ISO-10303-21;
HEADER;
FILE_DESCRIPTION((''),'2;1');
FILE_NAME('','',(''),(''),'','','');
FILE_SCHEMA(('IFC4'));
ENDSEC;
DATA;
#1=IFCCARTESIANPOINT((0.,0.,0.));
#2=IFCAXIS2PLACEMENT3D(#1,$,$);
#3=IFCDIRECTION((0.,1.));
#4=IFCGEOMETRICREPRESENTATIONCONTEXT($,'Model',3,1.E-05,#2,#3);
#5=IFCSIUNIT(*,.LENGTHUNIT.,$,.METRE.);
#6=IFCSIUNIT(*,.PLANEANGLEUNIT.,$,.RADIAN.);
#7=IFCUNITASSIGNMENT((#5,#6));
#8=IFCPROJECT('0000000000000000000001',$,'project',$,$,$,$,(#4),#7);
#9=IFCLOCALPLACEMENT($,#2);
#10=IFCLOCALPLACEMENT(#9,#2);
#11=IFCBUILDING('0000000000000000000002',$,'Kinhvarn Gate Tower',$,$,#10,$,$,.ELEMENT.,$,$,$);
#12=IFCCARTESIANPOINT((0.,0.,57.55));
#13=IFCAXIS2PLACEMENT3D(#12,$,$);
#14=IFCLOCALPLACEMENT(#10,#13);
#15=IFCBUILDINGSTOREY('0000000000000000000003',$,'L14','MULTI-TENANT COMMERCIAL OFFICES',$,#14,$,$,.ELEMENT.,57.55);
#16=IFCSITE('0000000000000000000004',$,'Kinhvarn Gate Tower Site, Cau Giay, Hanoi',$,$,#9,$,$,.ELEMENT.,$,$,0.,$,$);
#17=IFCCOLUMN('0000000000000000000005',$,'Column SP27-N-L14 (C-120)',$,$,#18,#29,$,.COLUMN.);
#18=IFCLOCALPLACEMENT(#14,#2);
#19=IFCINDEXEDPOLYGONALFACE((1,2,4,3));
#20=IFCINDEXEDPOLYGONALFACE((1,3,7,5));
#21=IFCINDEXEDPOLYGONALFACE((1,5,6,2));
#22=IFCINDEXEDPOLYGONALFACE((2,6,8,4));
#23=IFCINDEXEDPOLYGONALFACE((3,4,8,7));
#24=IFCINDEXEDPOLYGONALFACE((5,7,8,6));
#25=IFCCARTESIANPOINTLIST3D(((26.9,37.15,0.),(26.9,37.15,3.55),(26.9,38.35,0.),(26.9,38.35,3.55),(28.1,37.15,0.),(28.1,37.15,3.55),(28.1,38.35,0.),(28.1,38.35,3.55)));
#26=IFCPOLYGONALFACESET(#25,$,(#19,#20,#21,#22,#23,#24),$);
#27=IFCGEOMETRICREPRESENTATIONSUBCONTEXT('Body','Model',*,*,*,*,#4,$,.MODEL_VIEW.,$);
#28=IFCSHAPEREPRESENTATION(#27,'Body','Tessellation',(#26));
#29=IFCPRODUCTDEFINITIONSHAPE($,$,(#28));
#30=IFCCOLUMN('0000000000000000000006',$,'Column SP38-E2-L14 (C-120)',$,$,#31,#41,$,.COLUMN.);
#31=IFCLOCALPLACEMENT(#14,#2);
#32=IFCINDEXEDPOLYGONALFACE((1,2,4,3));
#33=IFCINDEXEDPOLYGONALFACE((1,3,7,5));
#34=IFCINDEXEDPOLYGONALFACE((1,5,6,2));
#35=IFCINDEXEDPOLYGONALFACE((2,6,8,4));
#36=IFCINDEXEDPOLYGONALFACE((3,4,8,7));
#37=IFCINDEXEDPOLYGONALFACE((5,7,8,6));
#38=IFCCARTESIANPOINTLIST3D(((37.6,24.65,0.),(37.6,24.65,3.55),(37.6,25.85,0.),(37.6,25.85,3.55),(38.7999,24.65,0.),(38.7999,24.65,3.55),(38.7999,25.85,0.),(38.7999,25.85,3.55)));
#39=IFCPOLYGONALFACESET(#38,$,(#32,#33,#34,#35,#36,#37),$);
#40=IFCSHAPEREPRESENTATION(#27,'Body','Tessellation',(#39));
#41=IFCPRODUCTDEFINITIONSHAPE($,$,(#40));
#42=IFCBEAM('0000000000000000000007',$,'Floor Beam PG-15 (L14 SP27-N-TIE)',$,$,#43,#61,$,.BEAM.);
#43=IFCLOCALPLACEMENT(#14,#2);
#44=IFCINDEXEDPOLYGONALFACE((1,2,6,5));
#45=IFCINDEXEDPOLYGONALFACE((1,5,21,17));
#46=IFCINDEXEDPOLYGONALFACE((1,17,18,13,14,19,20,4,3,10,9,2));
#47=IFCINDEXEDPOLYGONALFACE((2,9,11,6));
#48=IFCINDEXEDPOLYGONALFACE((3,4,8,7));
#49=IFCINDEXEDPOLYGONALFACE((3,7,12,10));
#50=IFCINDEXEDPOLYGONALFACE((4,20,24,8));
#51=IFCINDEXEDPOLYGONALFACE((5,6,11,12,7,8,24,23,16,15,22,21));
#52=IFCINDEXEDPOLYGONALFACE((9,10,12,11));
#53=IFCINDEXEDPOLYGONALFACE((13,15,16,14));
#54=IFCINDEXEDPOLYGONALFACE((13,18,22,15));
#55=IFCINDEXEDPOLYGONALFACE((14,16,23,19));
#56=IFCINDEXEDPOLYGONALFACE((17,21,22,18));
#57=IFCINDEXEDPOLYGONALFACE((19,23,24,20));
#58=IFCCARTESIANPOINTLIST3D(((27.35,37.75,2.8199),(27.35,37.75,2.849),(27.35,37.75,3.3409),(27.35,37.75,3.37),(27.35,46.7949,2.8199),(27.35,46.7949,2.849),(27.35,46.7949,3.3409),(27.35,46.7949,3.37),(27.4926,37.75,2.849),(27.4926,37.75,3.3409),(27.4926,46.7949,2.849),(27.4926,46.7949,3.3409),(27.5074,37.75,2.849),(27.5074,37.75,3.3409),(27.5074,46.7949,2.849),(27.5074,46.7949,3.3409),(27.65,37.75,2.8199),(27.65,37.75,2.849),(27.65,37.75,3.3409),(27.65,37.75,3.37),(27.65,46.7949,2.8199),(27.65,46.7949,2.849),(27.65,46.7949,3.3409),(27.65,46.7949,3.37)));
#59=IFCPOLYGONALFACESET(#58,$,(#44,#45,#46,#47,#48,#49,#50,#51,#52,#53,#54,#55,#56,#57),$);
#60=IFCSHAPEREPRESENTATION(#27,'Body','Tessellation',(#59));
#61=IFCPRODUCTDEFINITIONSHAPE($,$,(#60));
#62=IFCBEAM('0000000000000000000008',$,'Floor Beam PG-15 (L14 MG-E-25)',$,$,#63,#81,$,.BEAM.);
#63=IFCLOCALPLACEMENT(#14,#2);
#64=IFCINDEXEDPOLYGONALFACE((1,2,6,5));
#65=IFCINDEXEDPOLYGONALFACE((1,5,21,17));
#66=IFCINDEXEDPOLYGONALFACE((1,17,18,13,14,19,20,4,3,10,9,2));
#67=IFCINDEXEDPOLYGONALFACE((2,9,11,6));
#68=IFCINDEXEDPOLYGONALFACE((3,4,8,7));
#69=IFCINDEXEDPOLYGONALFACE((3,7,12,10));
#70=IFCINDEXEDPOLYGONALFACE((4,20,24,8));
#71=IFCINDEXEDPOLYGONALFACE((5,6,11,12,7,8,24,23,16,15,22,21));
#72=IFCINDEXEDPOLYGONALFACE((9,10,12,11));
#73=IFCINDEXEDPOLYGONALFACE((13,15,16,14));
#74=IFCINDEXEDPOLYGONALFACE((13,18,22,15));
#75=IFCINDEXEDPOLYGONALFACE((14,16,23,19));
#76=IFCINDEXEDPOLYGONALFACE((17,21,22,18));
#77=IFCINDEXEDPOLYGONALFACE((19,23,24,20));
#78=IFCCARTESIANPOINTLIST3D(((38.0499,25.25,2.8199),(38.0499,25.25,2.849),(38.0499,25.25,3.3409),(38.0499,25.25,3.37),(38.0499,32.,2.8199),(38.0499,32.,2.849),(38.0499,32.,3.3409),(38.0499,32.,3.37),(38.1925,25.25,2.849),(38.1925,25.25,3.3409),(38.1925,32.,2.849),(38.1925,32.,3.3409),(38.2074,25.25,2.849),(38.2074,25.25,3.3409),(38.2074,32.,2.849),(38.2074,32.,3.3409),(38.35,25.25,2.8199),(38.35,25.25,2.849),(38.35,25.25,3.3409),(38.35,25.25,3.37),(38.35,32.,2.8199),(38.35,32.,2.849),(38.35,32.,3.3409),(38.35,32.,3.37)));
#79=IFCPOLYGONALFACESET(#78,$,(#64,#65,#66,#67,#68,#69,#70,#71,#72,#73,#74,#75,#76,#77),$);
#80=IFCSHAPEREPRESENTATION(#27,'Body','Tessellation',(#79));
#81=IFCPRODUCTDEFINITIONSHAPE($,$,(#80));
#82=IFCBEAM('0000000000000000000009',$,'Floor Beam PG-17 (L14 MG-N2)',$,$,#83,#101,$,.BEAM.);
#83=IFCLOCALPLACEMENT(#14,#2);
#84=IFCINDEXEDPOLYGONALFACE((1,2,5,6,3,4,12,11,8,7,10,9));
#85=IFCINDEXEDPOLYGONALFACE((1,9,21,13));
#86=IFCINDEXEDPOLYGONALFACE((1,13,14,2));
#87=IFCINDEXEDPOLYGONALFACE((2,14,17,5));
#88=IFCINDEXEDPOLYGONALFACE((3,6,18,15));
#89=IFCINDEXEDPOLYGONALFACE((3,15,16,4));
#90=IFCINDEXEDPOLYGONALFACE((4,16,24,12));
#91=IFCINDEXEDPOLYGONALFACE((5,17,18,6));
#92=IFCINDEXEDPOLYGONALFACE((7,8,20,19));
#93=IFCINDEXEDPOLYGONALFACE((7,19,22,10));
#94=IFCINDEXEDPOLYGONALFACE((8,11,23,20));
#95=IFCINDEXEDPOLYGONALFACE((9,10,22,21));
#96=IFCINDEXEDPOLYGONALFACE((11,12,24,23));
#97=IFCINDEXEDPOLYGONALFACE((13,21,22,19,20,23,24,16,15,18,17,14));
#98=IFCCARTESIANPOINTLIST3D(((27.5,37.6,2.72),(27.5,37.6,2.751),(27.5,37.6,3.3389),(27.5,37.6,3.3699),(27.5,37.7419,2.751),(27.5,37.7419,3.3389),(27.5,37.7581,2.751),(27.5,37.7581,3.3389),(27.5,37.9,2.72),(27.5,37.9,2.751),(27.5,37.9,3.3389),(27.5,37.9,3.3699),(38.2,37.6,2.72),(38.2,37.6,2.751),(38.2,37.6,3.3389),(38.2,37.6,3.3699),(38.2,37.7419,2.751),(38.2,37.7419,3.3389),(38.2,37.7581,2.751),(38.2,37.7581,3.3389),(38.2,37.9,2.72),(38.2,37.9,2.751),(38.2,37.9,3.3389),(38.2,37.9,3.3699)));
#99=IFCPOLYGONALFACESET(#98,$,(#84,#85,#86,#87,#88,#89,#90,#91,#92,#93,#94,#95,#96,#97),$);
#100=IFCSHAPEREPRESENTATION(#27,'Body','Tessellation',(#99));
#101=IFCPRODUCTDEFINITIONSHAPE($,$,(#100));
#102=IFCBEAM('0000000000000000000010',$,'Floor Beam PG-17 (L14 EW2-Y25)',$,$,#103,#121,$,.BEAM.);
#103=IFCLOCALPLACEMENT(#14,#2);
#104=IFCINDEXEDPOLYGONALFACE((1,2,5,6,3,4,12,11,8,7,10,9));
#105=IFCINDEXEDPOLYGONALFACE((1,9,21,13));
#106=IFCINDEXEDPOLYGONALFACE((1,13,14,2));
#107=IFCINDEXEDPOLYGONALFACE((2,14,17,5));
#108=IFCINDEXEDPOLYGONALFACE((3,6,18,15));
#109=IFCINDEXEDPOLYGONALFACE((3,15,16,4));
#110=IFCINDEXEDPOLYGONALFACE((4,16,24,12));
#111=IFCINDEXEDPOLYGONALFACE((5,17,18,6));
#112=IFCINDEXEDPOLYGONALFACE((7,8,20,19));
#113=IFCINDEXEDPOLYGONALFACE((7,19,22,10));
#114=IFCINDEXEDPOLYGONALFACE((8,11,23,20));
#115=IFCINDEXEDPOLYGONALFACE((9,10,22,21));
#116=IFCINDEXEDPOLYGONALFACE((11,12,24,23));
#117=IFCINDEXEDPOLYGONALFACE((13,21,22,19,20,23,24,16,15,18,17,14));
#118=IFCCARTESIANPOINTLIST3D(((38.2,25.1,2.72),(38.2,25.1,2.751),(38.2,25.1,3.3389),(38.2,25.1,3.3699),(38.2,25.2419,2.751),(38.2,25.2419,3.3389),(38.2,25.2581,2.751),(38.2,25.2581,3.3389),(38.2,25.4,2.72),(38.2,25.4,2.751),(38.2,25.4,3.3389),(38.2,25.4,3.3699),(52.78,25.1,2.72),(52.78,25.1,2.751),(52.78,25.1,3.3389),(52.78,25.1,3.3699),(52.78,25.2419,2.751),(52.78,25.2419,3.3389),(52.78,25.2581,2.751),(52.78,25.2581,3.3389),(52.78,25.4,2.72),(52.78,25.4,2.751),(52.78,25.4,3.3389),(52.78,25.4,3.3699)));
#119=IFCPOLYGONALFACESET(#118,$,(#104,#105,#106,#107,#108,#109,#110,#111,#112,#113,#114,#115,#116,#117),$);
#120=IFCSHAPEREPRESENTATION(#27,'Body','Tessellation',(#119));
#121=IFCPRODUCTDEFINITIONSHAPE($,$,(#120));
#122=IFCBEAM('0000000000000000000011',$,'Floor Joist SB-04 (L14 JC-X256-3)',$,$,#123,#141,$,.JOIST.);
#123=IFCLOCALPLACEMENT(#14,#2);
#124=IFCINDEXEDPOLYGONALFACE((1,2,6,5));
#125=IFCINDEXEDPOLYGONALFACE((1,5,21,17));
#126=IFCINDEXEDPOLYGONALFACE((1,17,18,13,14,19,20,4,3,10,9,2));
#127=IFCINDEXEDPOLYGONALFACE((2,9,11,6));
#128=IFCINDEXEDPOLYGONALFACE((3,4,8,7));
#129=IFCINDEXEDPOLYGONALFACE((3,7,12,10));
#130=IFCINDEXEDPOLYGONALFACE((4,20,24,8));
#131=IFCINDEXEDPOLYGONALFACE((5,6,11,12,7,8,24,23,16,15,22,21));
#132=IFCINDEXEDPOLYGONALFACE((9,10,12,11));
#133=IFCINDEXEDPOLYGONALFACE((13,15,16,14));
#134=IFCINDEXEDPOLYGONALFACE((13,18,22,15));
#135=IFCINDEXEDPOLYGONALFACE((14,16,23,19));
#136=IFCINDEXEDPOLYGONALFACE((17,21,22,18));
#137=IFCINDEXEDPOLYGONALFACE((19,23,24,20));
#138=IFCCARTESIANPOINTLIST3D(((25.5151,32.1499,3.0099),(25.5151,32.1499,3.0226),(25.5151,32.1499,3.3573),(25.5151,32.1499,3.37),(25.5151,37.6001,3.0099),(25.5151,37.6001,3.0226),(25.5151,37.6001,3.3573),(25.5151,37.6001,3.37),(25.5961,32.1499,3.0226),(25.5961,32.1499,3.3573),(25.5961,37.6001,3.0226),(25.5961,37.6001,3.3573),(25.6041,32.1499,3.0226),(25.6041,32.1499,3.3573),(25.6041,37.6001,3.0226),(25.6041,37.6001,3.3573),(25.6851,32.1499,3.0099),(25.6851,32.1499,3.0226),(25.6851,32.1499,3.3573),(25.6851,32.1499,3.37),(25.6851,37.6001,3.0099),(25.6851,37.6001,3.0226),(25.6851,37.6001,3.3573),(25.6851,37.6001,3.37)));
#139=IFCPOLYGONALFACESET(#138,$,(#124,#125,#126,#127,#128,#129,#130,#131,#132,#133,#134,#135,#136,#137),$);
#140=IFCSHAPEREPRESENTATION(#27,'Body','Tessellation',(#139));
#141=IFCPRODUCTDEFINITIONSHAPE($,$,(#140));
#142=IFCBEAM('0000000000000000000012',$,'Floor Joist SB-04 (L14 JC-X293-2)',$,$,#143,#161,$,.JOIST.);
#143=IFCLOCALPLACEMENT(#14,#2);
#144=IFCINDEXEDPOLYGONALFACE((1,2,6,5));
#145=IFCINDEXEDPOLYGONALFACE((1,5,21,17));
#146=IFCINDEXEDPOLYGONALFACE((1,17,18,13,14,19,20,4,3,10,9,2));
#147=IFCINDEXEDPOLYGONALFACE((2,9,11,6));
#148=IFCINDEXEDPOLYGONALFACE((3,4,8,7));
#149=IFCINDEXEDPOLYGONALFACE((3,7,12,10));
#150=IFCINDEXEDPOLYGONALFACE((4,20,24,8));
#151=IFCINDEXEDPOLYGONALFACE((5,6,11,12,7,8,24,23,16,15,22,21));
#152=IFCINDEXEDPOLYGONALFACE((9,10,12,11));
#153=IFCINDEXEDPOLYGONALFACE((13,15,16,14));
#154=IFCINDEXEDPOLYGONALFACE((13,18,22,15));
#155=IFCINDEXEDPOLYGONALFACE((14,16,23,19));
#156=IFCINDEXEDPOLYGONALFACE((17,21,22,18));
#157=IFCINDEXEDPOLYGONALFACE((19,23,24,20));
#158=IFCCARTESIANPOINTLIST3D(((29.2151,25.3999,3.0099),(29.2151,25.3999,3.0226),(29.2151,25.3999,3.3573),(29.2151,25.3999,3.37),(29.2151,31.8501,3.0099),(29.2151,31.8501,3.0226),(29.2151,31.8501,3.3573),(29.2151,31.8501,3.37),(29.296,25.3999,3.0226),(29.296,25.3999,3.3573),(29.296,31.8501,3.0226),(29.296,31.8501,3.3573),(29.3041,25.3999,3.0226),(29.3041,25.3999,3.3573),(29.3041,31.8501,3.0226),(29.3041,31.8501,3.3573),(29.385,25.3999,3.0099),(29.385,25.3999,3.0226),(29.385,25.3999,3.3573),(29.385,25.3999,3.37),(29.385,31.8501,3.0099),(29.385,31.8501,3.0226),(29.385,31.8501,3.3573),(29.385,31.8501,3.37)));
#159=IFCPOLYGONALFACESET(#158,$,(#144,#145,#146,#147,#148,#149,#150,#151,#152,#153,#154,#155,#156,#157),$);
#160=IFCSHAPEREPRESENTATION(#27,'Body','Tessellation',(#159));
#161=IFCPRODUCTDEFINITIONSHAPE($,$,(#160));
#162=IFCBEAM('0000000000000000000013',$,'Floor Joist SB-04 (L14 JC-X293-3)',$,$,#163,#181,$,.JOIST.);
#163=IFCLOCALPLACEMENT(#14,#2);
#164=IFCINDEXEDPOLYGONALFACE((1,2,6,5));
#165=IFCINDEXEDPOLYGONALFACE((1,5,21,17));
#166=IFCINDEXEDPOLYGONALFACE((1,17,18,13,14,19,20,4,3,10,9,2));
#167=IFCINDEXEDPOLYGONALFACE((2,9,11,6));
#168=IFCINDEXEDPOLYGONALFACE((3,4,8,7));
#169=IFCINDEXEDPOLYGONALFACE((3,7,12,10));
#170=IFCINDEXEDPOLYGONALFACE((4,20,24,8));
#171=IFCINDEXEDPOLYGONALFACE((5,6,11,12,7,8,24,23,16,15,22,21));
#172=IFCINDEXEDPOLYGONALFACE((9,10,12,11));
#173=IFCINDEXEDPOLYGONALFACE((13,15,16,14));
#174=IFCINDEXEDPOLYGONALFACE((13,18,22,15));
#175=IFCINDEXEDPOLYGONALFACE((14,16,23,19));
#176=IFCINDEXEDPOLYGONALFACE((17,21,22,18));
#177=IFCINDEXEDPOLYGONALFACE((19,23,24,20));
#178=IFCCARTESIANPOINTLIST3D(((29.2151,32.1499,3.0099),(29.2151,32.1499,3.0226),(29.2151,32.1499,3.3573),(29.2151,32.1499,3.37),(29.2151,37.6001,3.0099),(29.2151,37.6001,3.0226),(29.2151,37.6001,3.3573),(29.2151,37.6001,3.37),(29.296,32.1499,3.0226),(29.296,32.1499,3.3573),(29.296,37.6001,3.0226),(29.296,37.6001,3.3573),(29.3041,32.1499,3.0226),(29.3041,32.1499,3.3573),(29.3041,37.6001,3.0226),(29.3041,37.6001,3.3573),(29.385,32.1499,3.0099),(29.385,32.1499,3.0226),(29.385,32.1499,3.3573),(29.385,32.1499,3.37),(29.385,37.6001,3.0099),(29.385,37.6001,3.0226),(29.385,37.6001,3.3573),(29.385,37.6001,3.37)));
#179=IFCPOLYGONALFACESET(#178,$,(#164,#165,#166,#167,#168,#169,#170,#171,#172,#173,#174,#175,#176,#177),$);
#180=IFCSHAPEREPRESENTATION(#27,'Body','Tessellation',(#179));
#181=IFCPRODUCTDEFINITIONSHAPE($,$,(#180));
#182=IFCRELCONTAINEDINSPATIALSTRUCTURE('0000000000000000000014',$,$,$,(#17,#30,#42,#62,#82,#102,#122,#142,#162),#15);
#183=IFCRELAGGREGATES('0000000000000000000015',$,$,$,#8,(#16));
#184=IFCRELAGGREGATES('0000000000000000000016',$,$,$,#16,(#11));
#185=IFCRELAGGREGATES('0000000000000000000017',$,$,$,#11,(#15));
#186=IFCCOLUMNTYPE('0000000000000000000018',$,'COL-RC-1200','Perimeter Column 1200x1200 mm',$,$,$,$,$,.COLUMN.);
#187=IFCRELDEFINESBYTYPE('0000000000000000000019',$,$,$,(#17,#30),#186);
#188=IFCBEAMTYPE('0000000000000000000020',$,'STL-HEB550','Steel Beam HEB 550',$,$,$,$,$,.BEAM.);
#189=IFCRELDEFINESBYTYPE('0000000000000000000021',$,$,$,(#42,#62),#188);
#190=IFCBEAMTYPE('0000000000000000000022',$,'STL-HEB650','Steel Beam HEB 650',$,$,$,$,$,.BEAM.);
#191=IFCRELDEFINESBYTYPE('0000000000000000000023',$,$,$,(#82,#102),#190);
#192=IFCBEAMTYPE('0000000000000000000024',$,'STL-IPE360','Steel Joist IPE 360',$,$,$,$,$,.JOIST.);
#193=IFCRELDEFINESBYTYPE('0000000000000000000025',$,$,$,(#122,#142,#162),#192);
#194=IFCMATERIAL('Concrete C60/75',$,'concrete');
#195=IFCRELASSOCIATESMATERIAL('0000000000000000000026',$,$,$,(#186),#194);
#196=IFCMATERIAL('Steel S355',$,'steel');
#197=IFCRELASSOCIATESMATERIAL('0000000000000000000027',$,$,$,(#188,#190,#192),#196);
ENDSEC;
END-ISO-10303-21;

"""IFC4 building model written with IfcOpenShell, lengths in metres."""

from ifc_helpers import new_model, si_unit, direction, frame, origin, origin_2d, place, context, subcontext, project, spatial, rectangle, i_section, extrude, material, material_profile, profile_set, type_object, element, save


model = new_model("IFC4")

# Units and contexts
model_context = context("Model", 3, precision=1e-05, world=origin(), true_north=direction((0.0, 1.0)))
body_context = subcontext(model_context, "Body", "Model", "MODEL_VIEW")
ifc_project = project(units=[si_unit("LENGTHUNIT", "METRE"), si_unit("PLANEANGLEUNIT", "RADIAN")], contexts=[model_context])

# Site, building, storey
site_placement = place(None, origin())
site = spatial("IfcSite", under=ifc_project, at=site_placement, Name="Kinhvarn Gate Tower Site, Cau Giay, Hanoi", CompositionType="ELEMENT", RefElevation=0.0)
building_placement = place(site_placement, origin())
building = spatial("IfcBuilding", under=site, at=building_placement, Name="Kinhvarn Gate Tower", CompositionType="ELEMENT")
storey_placement = place(building_placement, frame((0.0, 0.0, 57.55)))
storey = spatial("IfcBuildingStorey", under=building, at=storey_placement, Name="L14", Description="MULTI-TENANT COMMERCIAL OFFICES", CompositionType="ELEMENT", Elevation=57.55)

# Columns
ifc_material_1 = material(Name="Concrete C60/75", Category="concrete")
ifc_material_profile_1 = material_profile(ifc_material_1, rectangle(XDim=1.2, YDim=1.2, at=origin_2d()), Name="RC 1200x1200")
ifc_profile_set_1 = profile_set([ifc_material_profile_1], Name="Concrete C60/75")
column_type = type_object("IfcColumnType", Name="COL-RC-1200", Description="Perimeter Column 1200x1200 mm", PredefinedType="COLUMN", material=ifc_profile_set_1)
for number, where, z_axis, x_axis, name in (
    (1, (27.5, 37.75, 0.0), (0.0, 0.0, 1.0), (1.0, 0.0, 0.0), "Column SP27-N-L14 (C-120)"),
    (2, (38.2, 25.25, 0.0), (0.0, 0.0, 1.0), (1.0, 0.0, 0.0), "Column SP38-E2-L14 (C-120)"),
):
    element("IfcColumn", number, at=place(storey_placement, frame(where, z_axis=z_axis, x_axis=x_axis)), inside=storey, type_object=column_type, Name=name, PredefinedType="COLUMN", context=body_context, shape_type="SweptSolid", body=[
        extrude(rectangle(XDim=1.2, YDim=1.2, at=origin_2d()), origin(), (0.0, 0.0, 1.0), 3.55),
    ])

# Beams
ifc_material_2 = material(Name="Steel S355", Category="steel")
ifc_material_profile_2 = material_profile(ifc_material_2, i_section(OverallWidth=0.3, OverallDepth=0.55, WebThickness=0.0149, FlangeThickness=0.0291, at=origin_2d()), Name="HEB 550")
ifc_profile_set_2 = profile_set([ifc_material_profile_2], Name="Steel S355")
beam_type_1 = type_object("IfcBeamType", Name="STL-HEB550", Description="Steel Beam HEB 550", PredefinedType="BEAM", material=ifc_profile_set_2)
beam_1_placement = place(storey_placement, frame((27.5, 37.75, 3.095), z_axis=(0.0, 1.0, 0.0), x_axis=(-1.0, 0.0, 0.0)))
element("IfcBeam", 3, at=beam_1_placement, inside=storey, type_object=beam_type_1, Name="Floor Beam PG-15 (L14 SP27-N-TIE)", PredefinedType="BEAM", context=body_context, shape_type="SweptSolid", body=[
    extrude(i_section(OverallWidth=0.3, OverallDepth=0.55, WebThickness=0.0149, FlangeThickness=0.0291, at=origin_2d()), origin(), (0.0, 0.0, 1.0), 9.0449),
])
beam_2_placement = place(storey_placement, frame((38.2, 25.25, 3.095), z_axis=(0.0, 1.0, 0.0), x_axis=(-1.0, 0.0, 0.0)))
element("IfcBeam", 4, at=beam_2_placement, inside=storey, type_object=beam_type_1, Name="Floor Beam PG-15 (L14 MG-E-25)", PredefinedType="BEAM", context=body_context, shape_type="SweptSolid", body=[
    extrude(i_section(OverallWidth=0.3, OverallDepth=0.55, WebThickness=0.0149, FlangeThickness=0.0291, at=origin_2d()), origin(), (0.0, 0.0, 1.0), 6.75),
])
ifc_material_profile_3 = material_profile(ifc_material_2, i_section(OverallWidth=0.3, OverallDepth=0.6499, WebThickness=0.0161, FlangeThickness=0.031, at=origin_2d()), Name="HEB 650")
ifc_profile_set_3 = profile_set([ifc_material_profile_3], Name="Steel S355")
beam_type_2 = type_object("IfcBeamType", Name="STL-HEB650", Description="Steel Beam HEB 650", PredefinedType="BEAM", material=ifc_profile_set_3)
beam_3_placement = place(storey_placement, frame((27.5, 37.75, 3.0449), z_axis=(1.0, 0.0, 0.0), x_axis=(0.0, 1.0, 0.0)))
element("IfcBeam", 5, at=beam_3_placement, inside=storey, type_object=beam_type_2, Name="Floor Beam PG-17 (L14 MG-N2)", PredefinedType="BEAM", context=body_context, shape_type="SweptSolid", body=[
    extrude(i_section(OverallWidth=0.3, OverallDepth=0.6499, WebThickness=0.0161, FlangeThickness=0.031, at=origin_2d()), origin(), (0.0, 0.0, 1.0), 10.7),
])
beam_4_placement = place(storey_placement, frame((38.2, 25.25, 3.0449), z_axis=(1.0, 0.0, 0.0), x_axis=(0.0, 1.0, 0.0)))
element("IfcBeam", 6, at=beam_4_placement, inside=storey, type_object=beam_type_2, Name="Floor Beam PG-17 (L14 EW2-Y25)", PredefinedType="BEAM", context=body_context, shape_type="SweptSolid", body=[
    extrude(i_section(OverallWidth=0.3, OverallDepth=0.6499, WebThickness=0.0161, FlangeThickness=0.031, at=origin_2d()), origin(), (0.0, 0.0, 1.0), 14.5801),
])
ifc_material_profile_4 = material_profile(ifc_material_2, i_section(OverallWidth=0.1699, OverallDepth=0.3601, WebThickness=0.0081, FlangeThickness=0.0127, at=origin_2d()), Name="IPE 360")
ifc_profile_set_4 = profile_set([ifc_material_profile_4], Name="Steel S355")
beam_type_3 = type_object("IfcBeamType", Name="STL-IPE360", Description="Steel Joist IPE 360", PredefinedType="JOIST", material=ifc_profile_set_4)
beam_5_placement = place(storey_placement, frame((25.6001, 32.1499, 3.1899), z_axis=(0.0, 1.0, 0.0), x_axis=(-1.0, 0.0, 0.0)))
element("IfcBeam", 7, at=beam_5_placement, inside=storey, type_object=beam_type_3, Name="Floor Joist SB-04 (L14 JC-X256-3)", PredefinedType="JOIST", context=body_context, shape_type="SweptSolid", body=[
    extrude(i_section(OverallWidth=0.1699, OverallDepth=0.3601, WebThickness=0.0081, FlangeThickness=0.0127, at=origin_2d()), origin(), (0.0, 0.0, 1.0), 5.4502),
])
beam_6_placement = place(storey_placement, frame((29.3, 25.3999, 3.1899), z_axis=(0.0, 1.0, 0.0), x_axis=(-1.0, 0.0, 0.0)))
element("IfcBeam", 8, at=beam_6_placement, inside=storey, type_object=beam_type_3, Name="Floor Joist SB-04 (L14 JC-X293-2)", PredefinedType="JOIST", context=body_context, shape_type="SweptSolid", body=[
    extrude(i_section(OverallWidth=0.1699, OverallDepth=0.3601, WebThickness=0.0081, FlangeThickness=0.0127, at=origin_2d()), origin(), (0.0, 0.0, 1.0), 6.4502),
])
beam_7_placement = place(storey_placement, frame((29.3, 32.1499, 3.1899), z_axis=(0.0, 1.0, 0.0), x_axis=(-1.0, 0.0, 0.0)))
element("IfcBeam", 9, at=beam_7_placement, inside=storey, type_object=beam_type_3, Name="Floor Joist SB-04 (L14 JC-X293-3)", PredefinedType="JOIST", context=body_context, shape_type="SweptSolid", body=[
    extrude(i_section(OverallWidth=0.1699, OverallDepth=0.3601, WebThickness=0.0081, FlangeThickness=0.0127, at=origin_2d()), origin(), (0.0, 0.0, 1.0), 5.4502),
])

save(model, "model.ifc")
